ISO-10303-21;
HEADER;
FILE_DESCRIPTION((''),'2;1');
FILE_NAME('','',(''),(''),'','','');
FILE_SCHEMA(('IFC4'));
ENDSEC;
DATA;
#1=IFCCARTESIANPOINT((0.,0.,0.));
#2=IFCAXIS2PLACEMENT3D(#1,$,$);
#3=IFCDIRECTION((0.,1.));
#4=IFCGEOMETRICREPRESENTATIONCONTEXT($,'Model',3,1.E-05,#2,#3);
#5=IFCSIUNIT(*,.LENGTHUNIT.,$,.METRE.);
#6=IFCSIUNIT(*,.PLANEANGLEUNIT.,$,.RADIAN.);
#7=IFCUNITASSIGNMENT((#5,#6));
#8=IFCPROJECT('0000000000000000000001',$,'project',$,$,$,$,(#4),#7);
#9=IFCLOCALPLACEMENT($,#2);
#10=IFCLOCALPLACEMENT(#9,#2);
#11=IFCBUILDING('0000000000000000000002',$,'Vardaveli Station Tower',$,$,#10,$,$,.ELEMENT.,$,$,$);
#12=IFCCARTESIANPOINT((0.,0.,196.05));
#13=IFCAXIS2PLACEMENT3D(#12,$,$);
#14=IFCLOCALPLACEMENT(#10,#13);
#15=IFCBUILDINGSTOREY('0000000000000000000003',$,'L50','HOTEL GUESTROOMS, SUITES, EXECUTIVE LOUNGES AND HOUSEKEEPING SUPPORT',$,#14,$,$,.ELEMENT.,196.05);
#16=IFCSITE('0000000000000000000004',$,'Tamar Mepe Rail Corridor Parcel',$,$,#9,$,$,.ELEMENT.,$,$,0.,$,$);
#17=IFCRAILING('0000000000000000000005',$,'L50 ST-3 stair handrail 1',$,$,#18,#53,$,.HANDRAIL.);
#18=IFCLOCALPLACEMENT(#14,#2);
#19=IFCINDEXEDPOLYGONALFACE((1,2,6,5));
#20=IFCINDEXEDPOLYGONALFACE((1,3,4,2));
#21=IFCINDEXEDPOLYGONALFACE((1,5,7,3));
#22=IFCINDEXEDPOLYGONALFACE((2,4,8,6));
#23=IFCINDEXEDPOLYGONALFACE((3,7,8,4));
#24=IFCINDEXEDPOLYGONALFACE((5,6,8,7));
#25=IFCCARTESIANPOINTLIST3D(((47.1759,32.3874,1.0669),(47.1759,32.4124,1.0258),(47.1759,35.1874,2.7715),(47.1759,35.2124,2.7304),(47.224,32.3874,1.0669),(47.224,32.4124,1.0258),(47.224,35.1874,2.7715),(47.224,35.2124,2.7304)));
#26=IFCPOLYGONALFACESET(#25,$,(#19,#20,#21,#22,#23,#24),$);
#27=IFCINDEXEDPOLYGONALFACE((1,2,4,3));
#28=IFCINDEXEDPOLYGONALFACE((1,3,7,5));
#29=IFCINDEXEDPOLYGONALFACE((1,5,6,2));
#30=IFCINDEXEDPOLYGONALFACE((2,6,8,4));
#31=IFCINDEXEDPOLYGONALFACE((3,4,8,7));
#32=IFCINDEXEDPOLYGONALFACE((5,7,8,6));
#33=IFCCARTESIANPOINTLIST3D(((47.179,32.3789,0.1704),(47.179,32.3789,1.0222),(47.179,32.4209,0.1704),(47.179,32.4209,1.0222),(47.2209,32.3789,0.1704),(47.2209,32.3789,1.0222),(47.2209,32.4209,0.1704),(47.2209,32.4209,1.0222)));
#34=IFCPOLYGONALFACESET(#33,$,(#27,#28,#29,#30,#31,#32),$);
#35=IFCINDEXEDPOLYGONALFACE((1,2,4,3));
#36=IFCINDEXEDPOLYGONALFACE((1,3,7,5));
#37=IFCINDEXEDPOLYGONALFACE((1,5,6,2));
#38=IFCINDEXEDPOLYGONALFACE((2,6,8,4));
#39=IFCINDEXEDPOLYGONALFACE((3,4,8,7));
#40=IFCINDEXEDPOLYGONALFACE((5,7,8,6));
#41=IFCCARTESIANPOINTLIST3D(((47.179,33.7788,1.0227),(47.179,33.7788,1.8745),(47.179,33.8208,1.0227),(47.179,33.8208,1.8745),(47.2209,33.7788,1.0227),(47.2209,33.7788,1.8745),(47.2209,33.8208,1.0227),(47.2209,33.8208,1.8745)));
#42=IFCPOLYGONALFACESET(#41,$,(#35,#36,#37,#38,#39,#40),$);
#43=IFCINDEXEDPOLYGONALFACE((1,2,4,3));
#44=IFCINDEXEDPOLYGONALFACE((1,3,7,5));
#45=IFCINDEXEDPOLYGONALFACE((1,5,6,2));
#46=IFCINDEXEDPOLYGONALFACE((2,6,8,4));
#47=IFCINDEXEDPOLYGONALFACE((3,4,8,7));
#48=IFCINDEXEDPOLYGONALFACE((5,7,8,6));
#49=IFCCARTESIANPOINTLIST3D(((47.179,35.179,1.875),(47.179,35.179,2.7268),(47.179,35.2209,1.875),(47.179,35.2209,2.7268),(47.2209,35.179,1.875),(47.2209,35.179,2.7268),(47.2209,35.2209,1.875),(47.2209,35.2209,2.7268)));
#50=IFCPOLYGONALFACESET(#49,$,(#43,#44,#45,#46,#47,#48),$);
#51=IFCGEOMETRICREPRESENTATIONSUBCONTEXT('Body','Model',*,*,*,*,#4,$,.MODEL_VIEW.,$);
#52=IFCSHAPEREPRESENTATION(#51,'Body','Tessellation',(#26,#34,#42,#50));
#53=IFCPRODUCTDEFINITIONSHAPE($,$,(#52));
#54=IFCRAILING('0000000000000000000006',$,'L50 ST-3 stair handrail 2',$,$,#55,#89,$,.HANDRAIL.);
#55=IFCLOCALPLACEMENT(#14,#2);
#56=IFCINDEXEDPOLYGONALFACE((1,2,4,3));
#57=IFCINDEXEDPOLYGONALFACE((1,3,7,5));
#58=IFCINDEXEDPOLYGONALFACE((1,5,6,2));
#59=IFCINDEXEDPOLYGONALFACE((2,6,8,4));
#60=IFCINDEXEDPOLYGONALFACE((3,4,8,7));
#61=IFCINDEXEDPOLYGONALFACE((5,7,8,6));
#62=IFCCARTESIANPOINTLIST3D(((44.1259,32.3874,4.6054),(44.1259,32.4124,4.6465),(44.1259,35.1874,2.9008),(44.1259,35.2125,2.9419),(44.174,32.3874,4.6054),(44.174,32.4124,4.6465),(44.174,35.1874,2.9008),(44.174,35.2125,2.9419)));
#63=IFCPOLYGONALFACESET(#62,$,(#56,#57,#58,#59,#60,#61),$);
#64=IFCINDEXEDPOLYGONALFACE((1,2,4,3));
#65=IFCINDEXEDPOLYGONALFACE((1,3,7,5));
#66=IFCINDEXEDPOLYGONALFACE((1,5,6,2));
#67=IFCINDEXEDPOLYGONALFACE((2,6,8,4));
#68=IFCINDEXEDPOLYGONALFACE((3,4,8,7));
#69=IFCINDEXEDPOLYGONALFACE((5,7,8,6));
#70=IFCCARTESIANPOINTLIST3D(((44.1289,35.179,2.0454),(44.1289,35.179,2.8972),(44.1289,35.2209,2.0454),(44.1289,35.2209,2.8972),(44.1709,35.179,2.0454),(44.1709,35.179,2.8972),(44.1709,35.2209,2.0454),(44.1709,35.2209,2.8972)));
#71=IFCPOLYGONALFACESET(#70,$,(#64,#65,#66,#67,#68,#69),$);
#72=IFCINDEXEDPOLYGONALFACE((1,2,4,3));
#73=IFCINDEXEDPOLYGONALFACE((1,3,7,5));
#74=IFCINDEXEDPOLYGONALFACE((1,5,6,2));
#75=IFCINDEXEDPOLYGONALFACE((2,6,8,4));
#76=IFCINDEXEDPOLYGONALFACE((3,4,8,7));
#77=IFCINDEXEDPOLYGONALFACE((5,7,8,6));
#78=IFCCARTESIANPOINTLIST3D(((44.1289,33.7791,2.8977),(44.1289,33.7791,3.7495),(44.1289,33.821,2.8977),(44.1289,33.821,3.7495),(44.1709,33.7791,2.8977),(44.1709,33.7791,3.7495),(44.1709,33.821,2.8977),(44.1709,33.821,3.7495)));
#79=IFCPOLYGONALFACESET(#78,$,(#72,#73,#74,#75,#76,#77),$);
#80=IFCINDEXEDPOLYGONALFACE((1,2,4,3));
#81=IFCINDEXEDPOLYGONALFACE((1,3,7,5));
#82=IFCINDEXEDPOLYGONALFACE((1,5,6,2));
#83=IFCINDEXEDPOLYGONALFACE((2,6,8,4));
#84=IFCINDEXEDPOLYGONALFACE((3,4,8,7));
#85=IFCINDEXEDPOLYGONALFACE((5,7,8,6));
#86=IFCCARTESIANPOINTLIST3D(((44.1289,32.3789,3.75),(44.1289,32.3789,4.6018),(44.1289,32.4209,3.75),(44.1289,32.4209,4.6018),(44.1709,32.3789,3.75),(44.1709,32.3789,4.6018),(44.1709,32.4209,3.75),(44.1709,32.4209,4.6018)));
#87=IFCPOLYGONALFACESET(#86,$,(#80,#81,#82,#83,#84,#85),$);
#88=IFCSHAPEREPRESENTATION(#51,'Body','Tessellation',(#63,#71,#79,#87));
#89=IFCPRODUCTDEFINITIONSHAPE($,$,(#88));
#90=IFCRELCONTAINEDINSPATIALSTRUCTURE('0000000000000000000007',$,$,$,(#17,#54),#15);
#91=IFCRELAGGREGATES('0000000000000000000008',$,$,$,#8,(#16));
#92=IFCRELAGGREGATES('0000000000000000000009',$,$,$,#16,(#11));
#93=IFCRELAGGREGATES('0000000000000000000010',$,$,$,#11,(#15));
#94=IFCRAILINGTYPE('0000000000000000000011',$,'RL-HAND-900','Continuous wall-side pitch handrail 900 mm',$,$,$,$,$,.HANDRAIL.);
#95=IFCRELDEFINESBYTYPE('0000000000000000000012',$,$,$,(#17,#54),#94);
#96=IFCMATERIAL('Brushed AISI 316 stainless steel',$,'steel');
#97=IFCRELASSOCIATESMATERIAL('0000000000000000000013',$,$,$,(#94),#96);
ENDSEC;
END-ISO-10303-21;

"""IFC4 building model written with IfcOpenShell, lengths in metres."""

from ifc_helpers import new_model, si_unit, direction, frame, origin, origin_2d, place, context, subcontext, project, spatial, rectangle, extrude, source, transform, mapped, material, type_object, element, save


model = new_model("IFC4")

# Units and contexts
model_context = context("Model", 3, precision=1e-05, world=origin(), true_north=direction((0.0, 1.0)))
body_context = subcontext(model_context, "Body", "Model", "MODEL_VIEW")
ifc_project = project(units=[si_unit("LENGTHUNIT", "METRE"), si_unit("PLANEANGLEUNIT", "RADIAN")], contexts=[model_context])

# Site, building, storey
site_placement = place(None, origin())
site = spatial("IfcSite", under=ifc_project, at=site_placement, Name="Tamar Mepe Rail Corridor Parcel", CompositionType="ELEMENT", RefElevation=0.0)
building_placement = place(site_placement, origin())
building = spatial("IfcBuilding", under=site, at=building_placement, Name="Vardaveli Station Tower", CompositionType="ELEMENT")
storey_placement = place(building_placement, frame((0.0, 0.0, 196.05)))
storey = spatial("IfcBuildingStorey", under=building, at=storey_placement, Name="L50", Description="HOTEL GUESTROOMS, SUITES, EXECUTIVE LOUNGES AND HOUSEKEEPING SUPPORT", CompositionType="ELEMENT", Elevation=196.05)

# Railings
ifc_material_1 = material(Name="Brushed AISI 316 stainless steel", Category="steel")
railing_type_1 = type_object("IfcRailingType", Name="RL-HAND-900", Description="Continuous wall-side pitch handrail 900 mm", PredefinedType="HANDRAIL", material=ifc_material_1)
shared_shape_1 = source(origin(), body_context, "Body", "SweptSolid", [
    extrude(rectangle(XDim=0.0481, YDim=0.0481, at=origin_2d()), frame((0.0, 0.0, 0.876), z_axis=(0.0, 0.85417, 0.519994), x_axis=(-1.0, 0.0, 0.0)), (0.0, 0.0, 1.0), 3.2781),
    extrude(rectangle(XDim=0.042, YDim=0.042, at=origin_2d()), origin(), (0.0, 0.0, 1.0), 0.8518),
    extrude(rectangle(XDim=0.042, YDim=0.042, at=origin_2d()), frame((0.0, 1.3999, 0.8523)), (0.0, 0.0, 1.0), 0.8518),
    extrude(rectangle(XDim=0.042, YDim=0.042, at=origin_2d()), frame((0.0, 2.8, 1.7046)), (0.0, 0.0, 1.0), 0.8518),
])
railing_1_placement = place(storey_placement, frame((47.2, 32.3999, 0.1704)))
element("IfcRailing", 1, at=railing_1_placement, inside=storey, type_object=railing_type_1, Name="L50 ST-3 stair handrail 1", PredefinedType="HANDRAIL", context=body_context, shape_type="MappedRepresentation", body=[
    mapped(shared_shape_1, transform((0.0, 0.0, 0.0), scale=1.0)),
])
shared_shape_2 = source(origin(), body_context, "Body", "SweptSolid", [
    extrude(rectangle(XDim=0.0481, YDim=0.0481, at=origin_2d()), frame((0.0, 0.0, 0.876), z_axis=(0.0, -0.85417, 0.519994), x_axis=(1.0, 0.0, 0.0)), (0.0, 0.0, 1.0), 3.2781),
    extrude(rectangle(XDim=0.042, YDim=0.042, at=origin_2d()), origin(), (0.0, 0.0, 1.0), 0.8518),
    extrude(rectangle(XDim=0.042, YDim=0.042, at=origin_2d()), frame((0.0, -1.3999, 0.8523)), (0.0, 0.0, 1.0), 0.8518),
    extrude(rectangle(XDim=0.042, YDim=0.042, at=origin_2d()), frame((0.0, -2.8, 1.7046)), (0.0, 0.0, 1.0), 0.8518),
])
railing_2_placement = place(storey_placement, frame((44.1499, 35.2, 2.0454)))
element("IfcRailing", 2, at=railing_2_placement, inside=storey, type_object=railing_type_1, Name="L50 ST-3 stair handrail 2", PredefinedType="HANDRAIL", context=body_context, shape_type="MappedRepresentation", body=[
    mapped(shared_shape_2, transform((0.0, 0.0, 0.0), scale=1.0)),
])

save(model, "model.ifc")
